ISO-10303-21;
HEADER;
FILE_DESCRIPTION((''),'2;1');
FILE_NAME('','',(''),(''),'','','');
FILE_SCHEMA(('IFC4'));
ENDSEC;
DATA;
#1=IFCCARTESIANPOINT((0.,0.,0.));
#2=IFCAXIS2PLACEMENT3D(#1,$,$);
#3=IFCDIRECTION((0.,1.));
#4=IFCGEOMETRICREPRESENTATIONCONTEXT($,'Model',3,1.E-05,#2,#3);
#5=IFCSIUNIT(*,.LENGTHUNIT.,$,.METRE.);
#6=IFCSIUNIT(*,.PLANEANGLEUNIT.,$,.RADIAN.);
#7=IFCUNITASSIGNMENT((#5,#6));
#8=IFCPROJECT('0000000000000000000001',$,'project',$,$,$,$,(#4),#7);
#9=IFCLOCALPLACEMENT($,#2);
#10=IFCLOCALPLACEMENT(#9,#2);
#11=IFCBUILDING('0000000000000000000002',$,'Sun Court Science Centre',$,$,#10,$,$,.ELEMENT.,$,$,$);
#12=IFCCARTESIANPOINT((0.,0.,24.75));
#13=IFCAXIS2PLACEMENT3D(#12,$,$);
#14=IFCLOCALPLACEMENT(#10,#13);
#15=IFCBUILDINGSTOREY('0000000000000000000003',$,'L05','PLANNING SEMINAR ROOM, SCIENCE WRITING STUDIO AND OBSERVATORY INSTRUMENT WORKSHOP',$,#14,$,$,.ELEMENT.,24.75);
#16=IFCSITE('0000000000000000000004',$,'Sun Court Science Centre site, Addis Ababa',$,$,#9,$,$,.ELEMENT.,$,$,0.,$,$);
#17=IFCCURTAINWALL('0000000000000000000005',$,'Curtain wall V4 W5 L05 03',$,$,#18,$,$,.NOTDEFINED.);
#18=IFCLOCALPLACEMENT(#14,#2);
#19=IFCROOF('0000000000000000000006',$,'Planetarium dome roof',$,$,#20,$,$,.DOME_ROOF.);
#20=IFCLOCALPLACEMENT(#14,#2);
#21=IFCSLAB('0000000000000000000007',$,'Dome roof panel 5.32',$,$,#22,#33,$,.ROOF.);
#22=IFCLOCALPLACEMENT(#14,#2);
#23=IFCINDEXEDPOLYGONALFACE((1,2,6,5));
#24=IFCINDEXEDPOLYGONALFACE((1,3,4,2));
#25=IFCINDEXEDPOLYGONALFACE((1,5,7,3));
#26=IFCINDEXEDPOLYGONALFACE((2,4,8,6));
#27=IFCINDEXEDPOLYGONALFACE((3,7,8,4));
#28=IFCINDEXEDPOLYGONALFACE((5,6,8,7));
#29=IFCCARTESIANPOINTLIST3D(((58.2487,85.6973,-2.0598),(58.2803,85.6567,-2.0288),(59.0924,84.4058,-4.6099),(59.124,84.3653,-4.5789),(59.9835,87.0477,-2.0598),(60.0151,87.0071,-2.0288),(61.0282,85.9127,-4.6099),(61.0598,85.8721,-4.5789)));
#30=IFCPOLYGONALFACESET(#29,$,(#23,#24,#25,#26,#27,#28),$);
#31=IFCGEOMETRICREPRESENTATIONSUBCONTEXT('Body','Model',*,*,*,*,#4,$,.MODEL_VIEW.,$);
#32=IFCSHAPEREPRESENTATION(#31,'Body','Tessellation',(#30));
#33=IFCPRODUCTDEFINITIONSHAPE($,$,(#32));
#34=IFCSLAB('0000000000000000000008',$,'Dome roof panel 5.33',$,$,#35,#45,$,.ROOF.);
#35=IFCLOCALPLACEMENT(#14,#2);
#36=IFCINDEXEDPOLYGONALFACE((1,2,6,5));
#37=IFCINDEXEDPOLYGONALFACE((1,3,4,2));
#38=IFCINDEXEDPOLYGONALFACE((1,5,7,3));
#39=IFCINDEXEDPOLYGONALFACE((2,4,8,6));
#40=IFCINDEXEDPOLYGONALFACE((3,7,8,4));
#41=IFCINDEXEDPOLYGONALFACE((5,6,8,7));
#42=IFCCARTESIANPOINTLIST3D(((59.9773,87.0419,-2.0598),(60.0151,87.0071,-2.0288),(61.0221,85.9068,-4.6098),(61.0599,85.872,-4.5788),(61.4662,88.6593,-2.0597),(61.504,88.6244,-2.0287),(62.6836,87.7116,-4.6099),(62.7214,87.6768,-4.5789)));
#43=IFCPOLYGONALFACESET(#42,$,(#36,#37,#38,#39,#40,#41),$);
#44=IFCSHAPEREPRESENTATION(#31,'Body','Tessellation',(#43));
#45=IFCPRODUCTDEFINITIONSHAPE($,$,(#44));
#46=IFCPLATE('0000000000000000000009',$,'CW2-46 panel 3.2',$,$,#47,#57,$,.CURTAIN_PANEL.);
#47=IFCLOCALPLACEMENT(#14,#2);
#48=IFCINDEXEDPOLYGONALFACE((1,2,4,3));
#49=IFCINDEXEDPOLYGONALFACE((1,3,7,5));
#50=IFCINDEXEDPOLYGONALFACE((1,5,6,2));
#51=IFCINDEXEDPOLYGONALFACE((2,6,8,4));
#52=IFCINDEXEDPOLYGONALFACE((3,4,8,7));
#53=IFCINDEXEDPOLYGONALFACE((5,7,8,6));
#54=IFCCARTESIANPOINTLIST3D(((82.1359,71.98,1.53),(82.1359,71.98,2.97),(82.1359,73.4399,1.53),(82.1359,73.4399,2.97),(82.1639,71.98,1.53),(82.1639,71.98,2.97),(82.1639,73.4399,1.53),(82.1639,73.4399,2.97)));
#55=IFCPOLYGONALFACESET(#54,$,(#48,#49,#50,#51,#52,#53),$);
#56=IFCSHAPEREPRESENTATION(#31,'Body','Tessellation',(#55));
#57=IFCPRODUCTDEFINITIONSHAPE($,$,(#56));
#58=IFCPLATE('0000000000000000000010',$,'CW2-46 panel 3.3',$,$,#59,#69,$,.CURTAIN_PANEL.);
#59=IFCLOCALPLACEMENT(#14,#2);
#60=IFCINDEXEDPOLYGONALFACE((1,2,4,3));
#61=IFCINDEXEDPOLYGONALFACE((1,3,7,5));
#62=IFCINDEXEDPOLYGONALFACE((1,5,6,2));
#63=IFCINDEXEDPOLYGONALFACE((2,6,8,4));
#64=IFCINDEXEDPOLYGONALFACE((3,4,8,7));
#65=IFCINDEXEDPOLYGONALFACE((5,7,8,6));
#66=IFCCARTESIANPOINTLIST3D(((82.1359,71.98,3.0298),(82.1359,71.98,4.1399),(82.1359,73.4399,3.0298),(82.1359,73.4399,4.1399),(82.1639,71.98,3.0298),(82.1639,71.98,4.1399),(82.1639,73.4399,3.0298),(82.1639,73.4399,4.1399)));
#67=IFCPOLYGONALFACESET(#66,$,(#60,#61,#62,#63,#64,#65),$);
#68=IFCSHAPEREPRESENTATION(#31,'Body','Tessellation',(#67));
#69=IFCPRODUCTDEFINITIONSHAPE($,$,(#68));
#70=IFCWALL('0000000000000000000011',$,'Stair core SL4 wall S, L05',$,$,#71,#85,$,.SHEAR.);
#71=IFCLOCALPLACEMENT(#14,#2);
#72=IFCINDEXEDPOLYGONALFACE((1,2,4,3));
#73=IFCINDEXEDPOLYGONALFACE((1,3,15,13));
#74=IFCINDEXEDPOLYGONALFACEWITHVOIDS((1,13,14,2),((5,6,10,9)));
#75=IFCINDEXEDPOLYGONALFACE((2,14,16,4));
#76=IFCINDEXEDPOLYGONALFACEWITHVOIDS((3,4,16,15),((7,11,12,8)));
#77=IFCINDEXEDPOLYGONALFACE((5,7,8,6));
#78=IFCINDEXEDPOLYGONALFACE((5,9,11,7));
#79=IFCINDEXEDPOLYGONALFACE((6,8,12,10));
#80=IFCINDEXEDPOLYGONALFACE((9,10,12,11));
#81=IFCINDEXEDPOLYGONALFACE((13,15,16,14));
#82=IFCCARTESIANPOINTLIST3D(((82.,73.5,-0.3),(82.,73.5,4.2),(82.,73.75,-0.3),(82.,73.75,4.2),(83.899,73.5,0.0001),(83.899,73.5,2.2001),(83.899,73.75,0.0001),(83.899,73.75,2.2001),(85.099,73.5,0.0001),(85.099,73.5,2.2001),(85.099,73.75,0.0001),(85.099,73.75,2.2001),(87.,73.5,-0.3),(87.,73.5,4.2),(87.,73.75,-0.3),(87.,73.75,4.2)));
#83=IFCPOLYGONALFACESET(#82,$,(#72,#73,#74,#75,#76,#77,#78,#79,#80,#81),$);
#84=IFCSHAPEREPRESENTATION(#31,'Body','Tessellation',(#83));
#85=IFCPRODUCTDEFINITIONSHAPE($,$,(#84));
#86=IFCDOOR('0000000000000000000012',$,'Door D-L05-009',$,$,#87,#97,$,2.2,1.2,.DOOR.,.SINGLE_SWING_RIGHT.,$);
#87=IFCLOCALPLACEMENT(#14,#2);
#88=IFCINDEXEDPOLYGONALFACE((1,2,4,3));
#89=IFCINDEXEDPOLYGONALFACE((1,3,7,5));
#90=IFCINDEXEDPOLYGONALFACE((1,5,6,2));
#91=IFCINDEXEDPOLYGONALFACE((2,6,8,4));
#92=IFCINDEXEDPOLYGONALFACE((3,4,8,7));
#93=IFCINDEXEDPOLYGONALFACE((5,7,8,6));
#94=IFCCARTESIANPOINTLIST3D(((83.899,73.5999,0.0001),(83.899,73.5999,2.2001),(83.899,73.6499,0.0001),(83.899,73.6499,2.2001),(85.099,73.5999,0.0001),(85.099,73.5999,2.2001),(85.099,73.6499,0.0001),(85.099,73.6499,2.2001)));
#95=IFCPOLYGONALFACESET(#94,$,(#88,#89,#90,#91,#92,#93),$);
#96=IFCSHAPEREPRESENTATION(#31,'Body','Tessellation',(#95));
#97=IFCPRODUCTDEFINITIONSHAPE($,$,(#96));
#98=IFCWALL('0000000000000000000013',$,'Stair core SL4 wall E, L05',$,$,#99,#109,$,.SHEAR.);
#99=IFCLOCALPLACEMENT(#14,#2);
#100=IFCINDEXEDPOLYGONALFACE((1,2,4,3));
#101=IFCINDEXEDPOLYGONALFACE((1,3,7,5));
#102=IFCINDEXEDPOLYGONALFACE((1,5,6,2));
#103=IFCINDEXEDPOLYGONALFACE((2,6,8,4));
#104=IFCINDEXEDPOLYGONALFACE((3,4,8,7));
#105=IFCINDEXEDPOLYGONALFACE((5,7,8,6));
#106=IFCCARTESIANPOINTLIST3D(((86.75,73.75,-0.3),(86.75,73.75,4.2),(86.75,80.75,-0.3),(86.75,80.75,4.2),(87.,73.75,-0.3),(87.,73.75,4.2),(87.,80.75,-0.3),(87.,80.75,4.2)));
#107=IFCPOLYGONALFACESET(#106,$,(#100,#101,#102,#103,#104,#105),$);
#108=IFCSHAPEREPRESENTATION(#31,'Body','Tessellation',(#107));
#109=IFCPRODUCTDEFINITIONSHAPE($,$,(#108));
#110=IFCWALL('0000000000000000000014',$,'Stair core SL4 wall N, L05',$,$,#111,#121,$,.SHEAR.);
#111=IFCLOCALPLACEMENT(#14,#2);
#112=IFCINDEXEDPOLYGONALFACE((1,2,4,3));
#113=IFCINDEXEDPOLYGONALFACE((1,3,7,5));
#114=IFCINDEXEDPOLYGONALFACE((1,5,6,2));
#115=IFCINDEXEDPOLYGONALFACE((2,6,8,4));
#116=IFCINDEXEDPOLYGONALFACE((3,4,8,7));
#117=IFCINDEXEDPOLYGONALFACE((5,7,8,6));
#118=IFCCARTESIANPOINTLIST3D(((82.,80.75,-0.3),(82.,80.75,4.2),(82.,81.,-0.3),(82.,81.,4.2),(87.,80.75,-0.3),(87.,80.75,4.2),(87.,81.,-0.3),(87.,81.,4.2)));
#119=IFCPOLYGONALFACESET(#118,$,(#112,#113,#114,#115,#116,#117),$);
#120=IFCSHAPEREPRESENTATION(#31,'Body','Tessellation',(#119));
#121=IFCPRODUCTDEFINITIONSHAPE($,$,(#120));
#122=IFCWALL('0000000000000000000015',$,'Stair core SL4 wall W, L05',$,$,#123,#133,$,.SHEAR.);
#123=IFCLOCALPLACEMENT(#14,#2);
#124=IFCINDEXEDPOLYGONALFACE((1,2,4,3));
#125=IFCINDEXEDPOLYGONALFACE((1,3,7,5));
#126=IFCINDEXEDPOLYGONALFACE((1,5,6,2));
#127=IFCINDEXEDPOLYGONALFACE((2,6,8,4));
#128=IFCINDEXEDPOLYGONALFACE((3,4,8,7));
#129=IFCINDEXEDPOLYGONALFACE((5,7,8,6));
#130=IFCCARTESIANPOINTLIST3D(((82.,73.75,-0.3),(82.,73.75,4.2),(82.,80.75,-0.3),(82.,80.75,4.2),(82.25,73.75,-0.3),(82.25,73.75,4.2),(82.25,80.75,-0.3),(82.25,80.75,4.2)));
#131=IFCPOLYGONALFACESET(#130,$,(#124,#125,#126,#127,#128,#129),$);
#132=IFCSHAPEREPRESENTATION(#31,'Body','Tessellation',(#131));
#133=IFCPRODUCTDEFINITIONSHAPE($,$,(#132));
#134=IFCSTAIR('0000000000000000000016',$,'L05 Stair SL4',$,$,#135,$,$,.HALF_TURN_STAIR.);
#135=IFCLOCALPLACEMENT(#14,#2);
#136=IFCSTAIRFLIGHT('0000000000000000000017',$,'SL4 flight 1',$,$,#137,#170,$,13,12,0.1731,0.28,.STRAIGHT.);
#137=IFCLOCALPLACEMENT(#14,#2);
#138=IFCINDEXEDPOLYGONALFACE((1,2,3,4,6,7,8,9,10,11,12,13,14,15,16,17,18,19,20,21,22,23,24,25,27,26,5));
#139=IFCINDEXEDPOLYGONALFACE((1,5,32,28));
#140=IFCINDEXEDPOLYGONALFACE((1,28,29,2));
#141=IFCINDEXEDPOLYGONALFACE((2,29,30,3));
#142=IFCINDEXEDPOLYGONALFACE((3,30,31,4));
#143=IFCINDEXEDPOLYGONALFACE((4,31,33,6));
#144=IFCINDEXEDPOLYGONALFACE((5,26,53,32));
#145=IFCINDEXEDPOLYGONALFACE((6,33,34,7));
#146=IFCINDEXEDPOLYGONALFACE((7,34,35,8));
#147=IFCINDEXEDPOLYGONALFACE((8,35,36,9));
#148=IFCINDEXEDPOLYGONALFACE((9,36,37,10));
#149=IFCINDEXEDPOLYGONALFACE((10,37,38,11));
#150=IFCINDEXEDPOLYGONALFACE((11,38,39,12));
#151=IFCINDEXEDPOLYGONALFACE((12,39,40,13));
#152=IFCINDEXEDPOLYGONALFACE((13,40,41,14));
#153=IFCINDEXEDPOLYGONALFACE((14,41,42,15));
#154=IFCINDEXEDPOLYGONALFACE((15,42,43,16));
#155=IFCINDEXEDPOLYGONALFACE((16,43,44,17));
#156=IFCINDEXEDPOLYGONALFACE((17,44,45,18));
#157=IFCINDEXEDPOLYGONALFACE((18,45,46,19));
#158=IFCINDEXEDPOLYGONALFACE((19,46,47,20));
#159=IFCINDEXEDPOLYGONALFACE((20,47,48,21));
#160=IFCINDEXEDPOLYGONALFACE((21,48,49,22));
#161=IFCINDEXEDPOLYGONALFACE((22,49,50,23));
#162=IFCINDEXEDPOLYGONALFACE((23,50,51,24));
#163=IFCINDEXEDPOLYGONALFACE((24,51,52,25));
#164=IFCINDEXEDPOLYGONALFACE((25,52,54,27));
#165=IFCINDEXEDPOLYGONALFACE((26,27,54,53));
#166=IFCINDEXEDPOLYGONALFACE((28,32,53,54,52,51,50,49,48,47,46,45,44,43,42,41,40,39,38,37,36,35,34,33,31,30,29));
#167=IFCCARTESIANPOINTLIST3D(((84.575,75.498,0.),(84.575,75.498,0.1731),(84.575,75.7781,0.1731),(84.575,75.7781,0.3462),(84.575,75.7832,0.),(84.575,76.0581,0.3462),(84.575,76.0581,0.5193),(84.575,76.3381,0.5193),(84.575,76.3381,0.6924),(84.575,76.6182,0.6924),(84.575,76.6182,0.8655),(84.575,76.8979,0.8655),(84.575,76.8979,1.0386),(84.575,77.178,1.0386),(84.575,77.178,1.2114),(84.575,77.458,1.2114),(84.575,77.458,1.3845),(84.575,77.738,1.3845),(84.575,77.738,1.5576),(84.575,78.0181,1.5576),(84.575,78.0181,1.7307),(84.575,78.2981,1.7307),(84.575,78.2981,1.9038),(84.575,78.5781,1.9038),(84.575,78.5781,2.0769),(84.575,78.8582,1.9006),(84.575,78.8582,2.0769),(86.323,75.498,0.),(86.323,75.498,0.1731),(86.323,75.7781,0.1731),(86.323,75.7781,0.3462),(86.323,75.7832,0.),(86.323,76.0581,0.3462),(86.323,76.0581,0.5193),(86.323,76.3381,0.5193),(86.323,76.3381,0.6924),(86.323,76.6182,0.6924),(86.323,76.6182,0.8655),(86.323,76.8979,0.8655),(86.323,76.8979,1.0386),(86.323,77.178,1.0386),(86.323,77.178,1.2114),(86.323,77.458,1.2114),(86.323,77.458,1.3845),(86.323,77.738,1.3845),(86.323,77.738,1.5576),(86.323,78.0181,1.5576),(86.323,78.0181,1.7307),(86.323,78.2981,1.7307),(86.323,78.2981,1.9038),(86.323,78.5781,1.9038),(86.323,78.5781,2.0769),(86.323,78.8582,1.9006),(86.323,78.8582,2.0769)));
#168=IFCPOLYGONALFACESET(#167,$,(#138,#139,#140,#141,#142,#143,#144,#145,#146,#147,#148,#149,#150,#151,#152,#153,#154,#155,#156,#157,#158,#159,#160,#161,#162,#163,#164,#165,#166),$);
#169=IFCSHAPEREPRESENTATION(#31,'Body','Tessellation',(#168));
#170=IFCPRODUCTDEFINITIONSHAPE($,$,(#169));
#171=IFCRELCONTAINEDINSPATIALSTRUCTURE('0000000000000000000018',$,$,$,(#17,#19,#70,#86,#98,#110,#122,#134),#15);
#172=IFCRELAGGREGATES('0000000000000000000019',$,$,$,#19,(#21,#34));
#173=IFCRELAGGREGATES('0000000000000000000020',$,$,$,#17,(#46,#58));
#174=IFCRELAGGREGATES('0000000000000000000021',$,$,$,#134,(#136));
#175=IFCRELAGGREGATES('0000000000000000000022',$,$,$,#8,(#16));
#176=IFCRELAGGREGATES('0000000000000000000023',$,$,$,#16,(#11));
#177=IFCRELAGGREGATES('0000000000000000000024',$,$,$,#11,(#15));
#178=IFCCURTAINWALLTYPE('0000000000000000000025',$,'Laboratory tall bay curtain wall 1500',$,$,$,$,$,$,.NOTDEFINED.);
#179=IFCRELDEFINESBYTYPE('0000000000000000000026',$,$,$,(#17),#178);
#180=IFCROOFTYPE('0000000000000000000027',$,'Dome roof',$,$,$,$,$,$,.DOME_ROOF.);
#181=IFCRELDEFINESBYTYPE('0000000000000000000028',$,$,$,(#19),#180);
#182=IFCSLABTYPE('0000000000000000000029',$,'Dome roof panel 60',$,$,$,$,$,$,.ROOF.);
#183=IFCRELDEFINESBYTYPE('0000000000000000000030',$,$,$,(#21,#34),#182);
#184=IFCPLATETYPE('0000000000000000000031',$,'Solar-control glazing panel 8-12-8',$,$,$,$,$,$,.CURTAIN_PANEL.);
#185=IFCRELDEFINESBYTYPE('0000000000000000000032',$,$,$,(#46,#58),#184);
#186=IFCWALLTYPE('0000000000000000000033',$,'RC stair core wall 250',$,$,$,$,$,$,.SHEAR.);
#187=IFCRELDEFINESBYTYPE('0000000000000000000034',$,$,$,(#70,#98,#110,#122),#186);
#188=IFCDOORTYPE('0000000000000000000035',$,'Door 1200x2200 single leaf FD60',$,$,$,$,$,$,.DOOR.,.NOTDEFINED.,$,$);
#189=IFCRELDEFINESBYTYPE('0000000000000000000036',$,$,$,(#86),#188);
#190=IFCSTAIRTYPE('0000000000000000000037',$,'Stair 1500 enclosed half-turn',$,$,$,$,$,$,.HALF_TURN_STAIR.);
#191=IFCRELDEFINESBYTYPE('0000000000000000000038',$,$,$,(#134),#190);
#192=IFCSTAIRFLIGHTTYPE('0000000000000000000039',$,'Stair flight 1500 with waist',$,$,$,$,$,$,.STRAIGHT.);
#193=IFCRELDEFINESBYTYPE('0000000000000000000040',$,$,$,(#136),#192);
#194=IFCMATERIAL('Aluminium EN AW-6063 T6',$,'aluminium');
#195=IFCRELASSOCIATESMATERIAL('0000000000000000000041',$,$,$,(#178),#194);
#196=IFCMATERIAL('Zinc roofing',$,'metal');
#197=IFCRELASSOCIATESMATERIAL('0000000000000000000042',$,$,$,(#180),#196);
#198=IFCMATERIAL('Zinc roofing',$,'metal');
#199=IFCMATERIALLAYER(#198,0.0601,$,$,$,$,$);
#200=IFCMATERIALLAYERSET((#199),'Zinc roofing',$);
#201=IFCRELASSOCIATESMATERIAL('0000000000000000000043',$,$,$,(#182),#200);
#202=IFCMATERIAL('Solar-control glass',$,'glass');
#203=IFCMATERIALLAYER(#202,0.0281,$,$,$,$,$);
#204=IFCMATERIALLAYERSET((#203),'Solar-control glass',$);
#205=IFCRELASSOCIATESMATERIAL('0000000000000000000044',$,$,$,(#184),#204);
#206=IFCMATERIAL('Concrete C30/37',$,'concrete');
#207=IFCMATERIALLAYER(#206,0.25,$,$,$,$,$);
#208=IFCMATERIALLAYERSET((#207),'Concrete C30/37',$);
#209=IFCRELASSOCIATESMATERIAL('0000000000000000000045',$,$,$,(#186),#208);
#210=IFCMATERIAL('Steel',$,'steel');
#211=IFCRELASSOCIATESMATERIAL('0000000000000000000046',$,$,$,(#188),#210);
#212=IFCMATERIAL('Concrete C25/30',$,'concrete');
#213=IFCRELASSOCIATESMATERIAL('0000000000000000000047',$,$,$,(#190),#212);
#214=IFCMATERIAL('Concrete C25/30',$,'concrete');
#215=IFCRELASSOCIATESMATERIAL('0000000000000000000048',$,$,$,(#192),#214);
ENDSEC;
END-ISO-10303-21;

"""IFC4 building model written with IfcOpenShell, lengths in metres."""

from ifc_helpers import new_model, si_unit, direction, frame, frame_2d, origin, origin_2d, place, context, subcontext, project, spatial, polyline, rectangle, outline, extrude, material, layer, layer_set, type_object, element, fill, aggregate, save


model = new_model("IFC4")

# Units and contexts
model_context = context("Model", 3, precision=1e-05, world=origin(), true_north=direction((0.0, 1.0)))
body_context = subcontext(model_context, "Body", "Model", "MODEL_VIEW")
ifc_project = project(units=[si_unit("LENGTHUNIT", "METRE"), si_unit("PLANEANGLEUNIT", "RADIAN")], contexts=[model_context])

# Site, building, storey
site_placement = place(None, origin())
site = spatial("IfcSite", under=ifc_project, at=site_placement, Name="Sun Court Science Centre site, Addis Ababa", CompositionType="ELEMENT", RefElevation=0.0)
building_placement = place(site_placement, origin())
building = spatial("IfcBuilding", under=site, at=building_placement, Name="Sun Court Science Centre", CompositionType="ELEMENT")
storey_placement = place(building_placement, frame((0.0, 0.0, 24.75)))
storey = spatial("IfcBuildingStorey", under=building, at=storey_placement, Name="L05", Description="PLANNING SEMINAR ROOM, SCIENCE WRITING STUDIO AND OBSERVATORY INSTRUMENT WORKSHOP", CompositionType="ELEMENT", Elevation=24.75)

# Curtain wall
ifc_material_1 = material(Name="Aluminium EN AW-6063 T6", Category="aluminium")
curtain_wall_type = type_object("IfcCurtainWallType", Name="Laboratory tall bay curtain wall 1500", PredefinedType="NOTDEFINED", material=ifc_material_1)
curtain_wall_1_placement = place(storey_placement, origin())
curtain_wall_1 = element("IfcCurtainWall", 1, at=curtain_wall_1_placement, inside=storey, type_object=curtain_wall_type, Name="Curtain wall V4 W5 L05 03", PredefinedType="NOTDEFINED")

# Roof, slabs
ifc_material_2 = material(Name="Zinc roofing", Category="metal")
roof_type = type_object("IfcRoofType", Name="Dome roof", PredefinedType="DOME_ROOF", material=ifc_material_2)
roof_placement = place(storey_placement, origin())
roof = element("IfcRoof", 2, at=roof_placement, inside=storey, type_object=roof_type, Name="Planetarium dome roof", PredefinedType="DOME_ROOF")
ifc_material_3 = material(Name="Zinc roofing", Category="metal")
ifc_layer_1 = layer(ifc_material_3, 0.0601)
ifc_layer_set_1 = layer_set([ifc_layer_1], Name="Zinc roofing")
slab_type = type_object("IfcSlabType", Name="Dome roof panel 60", PredefinedType="ROOF", material=ifc_layer_set_1)
slab_1_placement = place(storey_placement, frame((58.2803, 85.6567, -2.0288), z_axis=(0.526035, -0.675804, 0.516309), x_axis=(0.789123, 0.614235, -0.000008)))
slab_1 = element("IfcSlab", 3, at=slab_1_placement, type_object=slab_type, Name="Dome roof panel 5.32", PredefinedType="ROOF", context=body_context, shape_type="SweptSolid", body=[
    extrude(outline(polyline([(0.0, 0.0), (2.1984, 0.0), (2.3257, -2.9776), (-0.1274, -2.9777), (0.0, 0.0)])), origin(), (0.0, 0.0, -1.0), 0.0601),
])
slab_2_placement = place(storey_placement, frame((60.0151, 87.0071, -2.0288), z_axis=(0.630054, -0.580025, 0.516337), x_axis=(0.677279, 0.735726, 0.000034)))
slab_2 = element("IfcSlab", 4, at=slab_2_placement, type_object=slab_type, Name="Dome roof panel 5.33", PredefinedType="ROOF", context=body_context, shape_type="SweptSolid", body=[
    extrude(outline(polyline([(0.0, 0.0), (2.1983, 0.0), (2.3255, -2.9778), (-0.1276, -2.9776), (0.0, 0.0)])), origin(), (0.0, 0.0, -1.0), 0.0601),
])
aggregate(roof, [slab_1, slab_2])

# Plates
ifc_material_4 = material(Name="Solar-control glass", Category="glass")
ifc_layer_2 = layer(ifc_material_4, 0.0281)
ifc_layer_set_2 = layer_set([ifc_layer_2], Name="Solar-control glass")
plate_type = type_object("IfcPlateType", Name="Solar-control glazing panel 8-12-8", PredefinedType="CURTAIN_PANEL", material=ifc_layer_set_2)
plate_1_placement = place(storey_placement, frame((82.1499, 72.71, 1.53), z_axis=(0.0, 0.0, 1.0), x_axis=(0.0, 1.0, 0.0)))
plate_1 = element("IfcPlate", 5, at=plate_1_placement, type_object=plate_type, Name="CW2-46 panel 3.2", PredefinedType="CURTAIN_PANEL", context=body_context, shape_type="SweptSolid", body=[
    extrude(rectangle(XDim=1.46, YDim=0.0281, at=origin_2d()), origin(), (0.0, 0.0, 1.0), 1.4399),
])
plate_2_placement = place(storey_placement, frame((82.1499, 72.71, 3.0298), z_axis=(0.0, 0.0, 1.0), x_axis=(0.0, 1.0, 0.0)))
plate_2 = element("IfcPlate", 6, at=plate_2_placement, type_object=plate_type, Name="CW2-46 panel 3.3", PredefinedType="CURTAIN_PANEL", context=body_context, shape_type="SweptSolid", body=[
    extrude(rectangle(XDim=1.46, YDim=0.0281, at=origin_2d()), origin(), (0.0, 0.0, 1.0), 1.1101),
])
aggregate(curtain_wall_1, [plate_1, plate_2])

# Wall, opening, door
ifc_material_5 = material(Name="Concrete C30/37", Category="concrete")
ifc_layer_3 = layer(ifc_material_5, 0.25)
ifc_layer_set_3 = layer_set([ifc_layer_3], Name="Concrete C30/37")
wall_type = type_object("IfcWallType", Name="RC stair core wall 250", PredefinedType="SHEAR", material=ifc_layer_set_3)
wall_1_placement = place(storey_placement, frame((82.0, 73.625, -0.3), z_axis=(0.0, 0.0, 1.0), x_axis=(1.0, 0.0, 0.0)))
wall_1 = element("IfcWall", 7, at=wall_1_placement, inside=storey, type_object=wall_type, Name="Stair core SL4 wall S, L05", PredefinedType="SHEAR", context=body_context, shape_type="SweptSolid", body=[
    extrude(rectangle(XDim=5.0, YDim=0.25, at=frame_2d((2.5, 0.0))), origin(), (0.0, 0.0, 1.0), 4.5),
])
opening_placement = place(wall_1_placement, frame((1.8989, 0.0, 0.3)))
opening = element("IfcOpeningElement", 8, at=opening_placement, cuts=wall_1, PredefinedType="OPENING", context=body_context, shape_type="SweptSolid", body=[
    extrude(rectangle(XDim=1.2, YDim=2.2, at=frame_2d((0.6001, 1.1001))), frame((0.0, 0.135, 0.0), z_axis=(0.0, -1.0, 0.0), x_axis=(1.0, 0.0, 0.0)), (0.0, 0.0, 1.0), 0.27),
])
ifc_material_6 = material(Name="Steel", Category="steel")
door_type = type_object("IfcDoorType", Name="Door 1200x2200 single leaf FD60", OperationType="NOTDEFINED", PredefinedType="DOOR", material=ifc_material_6)
door_placement = place(opening_placement, origin())
door = element("IfcDoor", 9, at=door_placement, inside=storey, type_object=door_type, Name="Door D-L05-009", OperationType="SINGLE_SWING_RIGHT", OverallHeight=2.2, OverallWidth=1.2, PredefinedType="DOOR", context=body_context, shape_type="SweptSolid", body=[
    extrude(rectangle(XDim=1.2, YDim=2.2, at=frame_2d((0.6001, 1.1001))), frame((0.0, 0.0249, 0.0), z_axis=(0.0, -1.0, 0.0), x_axis=(1.0, 0.0, 0.0)), (0.0, 0.0, 1.0), 0.05),
])
fill(opening, door)

# Walls
wall_2_placement = place(storey_placement, frame((86.875, 73.75, -0.3), z_axis=(0.0, 0.0, 1.0), x_axis=(0.0, 1.0, 0.0)))
element("IfcWall", 10, at=wall_2_placement, inside=storey, type_object=wall_type, Name="Stair core SL4 wall E, L05", PredefinedType="SHEAR", context=body_context, shape_type="SweptSolid", body=[
    extrude(rectangle(XDim=7.0, YDim=0.25, at=frame_2d((3.5, 0.0))), origin(), (0.0, 0.0, 1.0), 4.5),
])
wall_3_placement = place(storey_placement, frame((82.0, 80.875, -0.3), z_axis=(0.0, 0.0, 1.0), x_axis=(1.0, 0.0, 0.0)))
element("IfcWall", 11, at=wall_3_placement, inside=storey, type_object=wall_type, Name="Stair core SL4 wall N, L05", PredefinedType="SHEAR", context=body_context, shape_type="SweptSolid", body=[
    extrude(rectangle(XDim=5.0, YDim=0.25, at=frame_2d((2.5, 0.0))), origin(), (0.0, 0.0, 1.0), 4.5),
])
wall_4_placement = place(storey_placement, frame((82.125, 73.75, -0.3), z_axis=(0.0, 0.0, 1.0), x_axis=(0.0, 1.0, 0.0)))
element("IfcWall", 12, at=wall_4_placement, inside=storey, type_object=wall_type, Name="Stair core SL4 wall W, L05", PredefinedType="SHEAR", context=body_context, shape_type="SweptSolid", body=[
    extrude(rectangle(XDim=7.0, YDim=0.25, at=frame_2d((3.5, 0.0))), origin(), (0.0, 0.0, 1.0), 4.5),
])

# Stair, stair flight
ifc_material_7 = material(Name="Concrete C25/30", Category="concrete")
stair_type = type_object("IfcStairType", Name="Stair 1500 enclosed half-turn", PredefinedType="HALF_TURN_STAIR", material=ifc_material_7)
stair_placement = place(storey_placement, origin())
stair = element("IfcStair", 13, at=stair_placement, inside=storey, type_object=stair_type, Name="L05 Stair SL4", PredefinedType="HALF_TURN_STAIR")
ifc_material_8 = material(Name="Concrete C25/30", Category="concrete")
stair_flight_type = type_object("IfcStairFlightType", Name="Stair flight 1500 with waist", PredefinedType="STRAIGHT", material=ifc_material_8)
stair_flight_1_placement = place(storey_placement, frame((85.449, 75.498, 0.0), z_axis=(0.0, 0.0, 1.0), x_axis=(0.0, 1.0, 0.0)))
stair_flight_1 = element("IfcStairFlight", 14, at=stair_flight_1_placement, type_object=stair_flight_type, Name="SL4 flight 1", NumberOfRisers=13, NumberOfTreads=12, PredefinedType="STRAIGHT", RiserHeight=0.1731, TreadLength=0.28, context=body_context, shape_type="SweptSolid", body=[
    extrude(outline(polyline([(0.0, 0.0), (0.0, 0.1731), (0.28, 0.1731), (0.28, 0.3462), (0.5601, 0.3462), (0.5601, 0.5193), (0.8401, 0.5193), (0.8401, 0.6924), (1.1201, 0.6924), (1.1201, 0.8655), (1.3999, 0.8655), (1.3999, 1.0386), (1.6799, 1.0386), (1.6799, 1.2114), (1.96, 1.2114), (1.96, 1.3845), (2.24, 1.3845), (2.24, 1.5576), (2.52, 1.5576), (2.52, 1.7307), (2.8, 1.7307), (2.8, 1.9038), (3.0801, 1.9038), (3.0801, 2.0769), (3.3601, 2.0769), (3.3601, 2.25), (3.3601, 1.9006), (0.2852, 0.0), (0.0, 0.0)])), frame((0.0, 0.874, 0.0), z_axis=(0.0, -1.0, 0.0), x_axis=(1.0, 0.0, 0.0)), (0.0, 0.0, 1.0), 1.748),
])
aggregate(stair, [stair_flight_1])

save(model, "model.ifc")
